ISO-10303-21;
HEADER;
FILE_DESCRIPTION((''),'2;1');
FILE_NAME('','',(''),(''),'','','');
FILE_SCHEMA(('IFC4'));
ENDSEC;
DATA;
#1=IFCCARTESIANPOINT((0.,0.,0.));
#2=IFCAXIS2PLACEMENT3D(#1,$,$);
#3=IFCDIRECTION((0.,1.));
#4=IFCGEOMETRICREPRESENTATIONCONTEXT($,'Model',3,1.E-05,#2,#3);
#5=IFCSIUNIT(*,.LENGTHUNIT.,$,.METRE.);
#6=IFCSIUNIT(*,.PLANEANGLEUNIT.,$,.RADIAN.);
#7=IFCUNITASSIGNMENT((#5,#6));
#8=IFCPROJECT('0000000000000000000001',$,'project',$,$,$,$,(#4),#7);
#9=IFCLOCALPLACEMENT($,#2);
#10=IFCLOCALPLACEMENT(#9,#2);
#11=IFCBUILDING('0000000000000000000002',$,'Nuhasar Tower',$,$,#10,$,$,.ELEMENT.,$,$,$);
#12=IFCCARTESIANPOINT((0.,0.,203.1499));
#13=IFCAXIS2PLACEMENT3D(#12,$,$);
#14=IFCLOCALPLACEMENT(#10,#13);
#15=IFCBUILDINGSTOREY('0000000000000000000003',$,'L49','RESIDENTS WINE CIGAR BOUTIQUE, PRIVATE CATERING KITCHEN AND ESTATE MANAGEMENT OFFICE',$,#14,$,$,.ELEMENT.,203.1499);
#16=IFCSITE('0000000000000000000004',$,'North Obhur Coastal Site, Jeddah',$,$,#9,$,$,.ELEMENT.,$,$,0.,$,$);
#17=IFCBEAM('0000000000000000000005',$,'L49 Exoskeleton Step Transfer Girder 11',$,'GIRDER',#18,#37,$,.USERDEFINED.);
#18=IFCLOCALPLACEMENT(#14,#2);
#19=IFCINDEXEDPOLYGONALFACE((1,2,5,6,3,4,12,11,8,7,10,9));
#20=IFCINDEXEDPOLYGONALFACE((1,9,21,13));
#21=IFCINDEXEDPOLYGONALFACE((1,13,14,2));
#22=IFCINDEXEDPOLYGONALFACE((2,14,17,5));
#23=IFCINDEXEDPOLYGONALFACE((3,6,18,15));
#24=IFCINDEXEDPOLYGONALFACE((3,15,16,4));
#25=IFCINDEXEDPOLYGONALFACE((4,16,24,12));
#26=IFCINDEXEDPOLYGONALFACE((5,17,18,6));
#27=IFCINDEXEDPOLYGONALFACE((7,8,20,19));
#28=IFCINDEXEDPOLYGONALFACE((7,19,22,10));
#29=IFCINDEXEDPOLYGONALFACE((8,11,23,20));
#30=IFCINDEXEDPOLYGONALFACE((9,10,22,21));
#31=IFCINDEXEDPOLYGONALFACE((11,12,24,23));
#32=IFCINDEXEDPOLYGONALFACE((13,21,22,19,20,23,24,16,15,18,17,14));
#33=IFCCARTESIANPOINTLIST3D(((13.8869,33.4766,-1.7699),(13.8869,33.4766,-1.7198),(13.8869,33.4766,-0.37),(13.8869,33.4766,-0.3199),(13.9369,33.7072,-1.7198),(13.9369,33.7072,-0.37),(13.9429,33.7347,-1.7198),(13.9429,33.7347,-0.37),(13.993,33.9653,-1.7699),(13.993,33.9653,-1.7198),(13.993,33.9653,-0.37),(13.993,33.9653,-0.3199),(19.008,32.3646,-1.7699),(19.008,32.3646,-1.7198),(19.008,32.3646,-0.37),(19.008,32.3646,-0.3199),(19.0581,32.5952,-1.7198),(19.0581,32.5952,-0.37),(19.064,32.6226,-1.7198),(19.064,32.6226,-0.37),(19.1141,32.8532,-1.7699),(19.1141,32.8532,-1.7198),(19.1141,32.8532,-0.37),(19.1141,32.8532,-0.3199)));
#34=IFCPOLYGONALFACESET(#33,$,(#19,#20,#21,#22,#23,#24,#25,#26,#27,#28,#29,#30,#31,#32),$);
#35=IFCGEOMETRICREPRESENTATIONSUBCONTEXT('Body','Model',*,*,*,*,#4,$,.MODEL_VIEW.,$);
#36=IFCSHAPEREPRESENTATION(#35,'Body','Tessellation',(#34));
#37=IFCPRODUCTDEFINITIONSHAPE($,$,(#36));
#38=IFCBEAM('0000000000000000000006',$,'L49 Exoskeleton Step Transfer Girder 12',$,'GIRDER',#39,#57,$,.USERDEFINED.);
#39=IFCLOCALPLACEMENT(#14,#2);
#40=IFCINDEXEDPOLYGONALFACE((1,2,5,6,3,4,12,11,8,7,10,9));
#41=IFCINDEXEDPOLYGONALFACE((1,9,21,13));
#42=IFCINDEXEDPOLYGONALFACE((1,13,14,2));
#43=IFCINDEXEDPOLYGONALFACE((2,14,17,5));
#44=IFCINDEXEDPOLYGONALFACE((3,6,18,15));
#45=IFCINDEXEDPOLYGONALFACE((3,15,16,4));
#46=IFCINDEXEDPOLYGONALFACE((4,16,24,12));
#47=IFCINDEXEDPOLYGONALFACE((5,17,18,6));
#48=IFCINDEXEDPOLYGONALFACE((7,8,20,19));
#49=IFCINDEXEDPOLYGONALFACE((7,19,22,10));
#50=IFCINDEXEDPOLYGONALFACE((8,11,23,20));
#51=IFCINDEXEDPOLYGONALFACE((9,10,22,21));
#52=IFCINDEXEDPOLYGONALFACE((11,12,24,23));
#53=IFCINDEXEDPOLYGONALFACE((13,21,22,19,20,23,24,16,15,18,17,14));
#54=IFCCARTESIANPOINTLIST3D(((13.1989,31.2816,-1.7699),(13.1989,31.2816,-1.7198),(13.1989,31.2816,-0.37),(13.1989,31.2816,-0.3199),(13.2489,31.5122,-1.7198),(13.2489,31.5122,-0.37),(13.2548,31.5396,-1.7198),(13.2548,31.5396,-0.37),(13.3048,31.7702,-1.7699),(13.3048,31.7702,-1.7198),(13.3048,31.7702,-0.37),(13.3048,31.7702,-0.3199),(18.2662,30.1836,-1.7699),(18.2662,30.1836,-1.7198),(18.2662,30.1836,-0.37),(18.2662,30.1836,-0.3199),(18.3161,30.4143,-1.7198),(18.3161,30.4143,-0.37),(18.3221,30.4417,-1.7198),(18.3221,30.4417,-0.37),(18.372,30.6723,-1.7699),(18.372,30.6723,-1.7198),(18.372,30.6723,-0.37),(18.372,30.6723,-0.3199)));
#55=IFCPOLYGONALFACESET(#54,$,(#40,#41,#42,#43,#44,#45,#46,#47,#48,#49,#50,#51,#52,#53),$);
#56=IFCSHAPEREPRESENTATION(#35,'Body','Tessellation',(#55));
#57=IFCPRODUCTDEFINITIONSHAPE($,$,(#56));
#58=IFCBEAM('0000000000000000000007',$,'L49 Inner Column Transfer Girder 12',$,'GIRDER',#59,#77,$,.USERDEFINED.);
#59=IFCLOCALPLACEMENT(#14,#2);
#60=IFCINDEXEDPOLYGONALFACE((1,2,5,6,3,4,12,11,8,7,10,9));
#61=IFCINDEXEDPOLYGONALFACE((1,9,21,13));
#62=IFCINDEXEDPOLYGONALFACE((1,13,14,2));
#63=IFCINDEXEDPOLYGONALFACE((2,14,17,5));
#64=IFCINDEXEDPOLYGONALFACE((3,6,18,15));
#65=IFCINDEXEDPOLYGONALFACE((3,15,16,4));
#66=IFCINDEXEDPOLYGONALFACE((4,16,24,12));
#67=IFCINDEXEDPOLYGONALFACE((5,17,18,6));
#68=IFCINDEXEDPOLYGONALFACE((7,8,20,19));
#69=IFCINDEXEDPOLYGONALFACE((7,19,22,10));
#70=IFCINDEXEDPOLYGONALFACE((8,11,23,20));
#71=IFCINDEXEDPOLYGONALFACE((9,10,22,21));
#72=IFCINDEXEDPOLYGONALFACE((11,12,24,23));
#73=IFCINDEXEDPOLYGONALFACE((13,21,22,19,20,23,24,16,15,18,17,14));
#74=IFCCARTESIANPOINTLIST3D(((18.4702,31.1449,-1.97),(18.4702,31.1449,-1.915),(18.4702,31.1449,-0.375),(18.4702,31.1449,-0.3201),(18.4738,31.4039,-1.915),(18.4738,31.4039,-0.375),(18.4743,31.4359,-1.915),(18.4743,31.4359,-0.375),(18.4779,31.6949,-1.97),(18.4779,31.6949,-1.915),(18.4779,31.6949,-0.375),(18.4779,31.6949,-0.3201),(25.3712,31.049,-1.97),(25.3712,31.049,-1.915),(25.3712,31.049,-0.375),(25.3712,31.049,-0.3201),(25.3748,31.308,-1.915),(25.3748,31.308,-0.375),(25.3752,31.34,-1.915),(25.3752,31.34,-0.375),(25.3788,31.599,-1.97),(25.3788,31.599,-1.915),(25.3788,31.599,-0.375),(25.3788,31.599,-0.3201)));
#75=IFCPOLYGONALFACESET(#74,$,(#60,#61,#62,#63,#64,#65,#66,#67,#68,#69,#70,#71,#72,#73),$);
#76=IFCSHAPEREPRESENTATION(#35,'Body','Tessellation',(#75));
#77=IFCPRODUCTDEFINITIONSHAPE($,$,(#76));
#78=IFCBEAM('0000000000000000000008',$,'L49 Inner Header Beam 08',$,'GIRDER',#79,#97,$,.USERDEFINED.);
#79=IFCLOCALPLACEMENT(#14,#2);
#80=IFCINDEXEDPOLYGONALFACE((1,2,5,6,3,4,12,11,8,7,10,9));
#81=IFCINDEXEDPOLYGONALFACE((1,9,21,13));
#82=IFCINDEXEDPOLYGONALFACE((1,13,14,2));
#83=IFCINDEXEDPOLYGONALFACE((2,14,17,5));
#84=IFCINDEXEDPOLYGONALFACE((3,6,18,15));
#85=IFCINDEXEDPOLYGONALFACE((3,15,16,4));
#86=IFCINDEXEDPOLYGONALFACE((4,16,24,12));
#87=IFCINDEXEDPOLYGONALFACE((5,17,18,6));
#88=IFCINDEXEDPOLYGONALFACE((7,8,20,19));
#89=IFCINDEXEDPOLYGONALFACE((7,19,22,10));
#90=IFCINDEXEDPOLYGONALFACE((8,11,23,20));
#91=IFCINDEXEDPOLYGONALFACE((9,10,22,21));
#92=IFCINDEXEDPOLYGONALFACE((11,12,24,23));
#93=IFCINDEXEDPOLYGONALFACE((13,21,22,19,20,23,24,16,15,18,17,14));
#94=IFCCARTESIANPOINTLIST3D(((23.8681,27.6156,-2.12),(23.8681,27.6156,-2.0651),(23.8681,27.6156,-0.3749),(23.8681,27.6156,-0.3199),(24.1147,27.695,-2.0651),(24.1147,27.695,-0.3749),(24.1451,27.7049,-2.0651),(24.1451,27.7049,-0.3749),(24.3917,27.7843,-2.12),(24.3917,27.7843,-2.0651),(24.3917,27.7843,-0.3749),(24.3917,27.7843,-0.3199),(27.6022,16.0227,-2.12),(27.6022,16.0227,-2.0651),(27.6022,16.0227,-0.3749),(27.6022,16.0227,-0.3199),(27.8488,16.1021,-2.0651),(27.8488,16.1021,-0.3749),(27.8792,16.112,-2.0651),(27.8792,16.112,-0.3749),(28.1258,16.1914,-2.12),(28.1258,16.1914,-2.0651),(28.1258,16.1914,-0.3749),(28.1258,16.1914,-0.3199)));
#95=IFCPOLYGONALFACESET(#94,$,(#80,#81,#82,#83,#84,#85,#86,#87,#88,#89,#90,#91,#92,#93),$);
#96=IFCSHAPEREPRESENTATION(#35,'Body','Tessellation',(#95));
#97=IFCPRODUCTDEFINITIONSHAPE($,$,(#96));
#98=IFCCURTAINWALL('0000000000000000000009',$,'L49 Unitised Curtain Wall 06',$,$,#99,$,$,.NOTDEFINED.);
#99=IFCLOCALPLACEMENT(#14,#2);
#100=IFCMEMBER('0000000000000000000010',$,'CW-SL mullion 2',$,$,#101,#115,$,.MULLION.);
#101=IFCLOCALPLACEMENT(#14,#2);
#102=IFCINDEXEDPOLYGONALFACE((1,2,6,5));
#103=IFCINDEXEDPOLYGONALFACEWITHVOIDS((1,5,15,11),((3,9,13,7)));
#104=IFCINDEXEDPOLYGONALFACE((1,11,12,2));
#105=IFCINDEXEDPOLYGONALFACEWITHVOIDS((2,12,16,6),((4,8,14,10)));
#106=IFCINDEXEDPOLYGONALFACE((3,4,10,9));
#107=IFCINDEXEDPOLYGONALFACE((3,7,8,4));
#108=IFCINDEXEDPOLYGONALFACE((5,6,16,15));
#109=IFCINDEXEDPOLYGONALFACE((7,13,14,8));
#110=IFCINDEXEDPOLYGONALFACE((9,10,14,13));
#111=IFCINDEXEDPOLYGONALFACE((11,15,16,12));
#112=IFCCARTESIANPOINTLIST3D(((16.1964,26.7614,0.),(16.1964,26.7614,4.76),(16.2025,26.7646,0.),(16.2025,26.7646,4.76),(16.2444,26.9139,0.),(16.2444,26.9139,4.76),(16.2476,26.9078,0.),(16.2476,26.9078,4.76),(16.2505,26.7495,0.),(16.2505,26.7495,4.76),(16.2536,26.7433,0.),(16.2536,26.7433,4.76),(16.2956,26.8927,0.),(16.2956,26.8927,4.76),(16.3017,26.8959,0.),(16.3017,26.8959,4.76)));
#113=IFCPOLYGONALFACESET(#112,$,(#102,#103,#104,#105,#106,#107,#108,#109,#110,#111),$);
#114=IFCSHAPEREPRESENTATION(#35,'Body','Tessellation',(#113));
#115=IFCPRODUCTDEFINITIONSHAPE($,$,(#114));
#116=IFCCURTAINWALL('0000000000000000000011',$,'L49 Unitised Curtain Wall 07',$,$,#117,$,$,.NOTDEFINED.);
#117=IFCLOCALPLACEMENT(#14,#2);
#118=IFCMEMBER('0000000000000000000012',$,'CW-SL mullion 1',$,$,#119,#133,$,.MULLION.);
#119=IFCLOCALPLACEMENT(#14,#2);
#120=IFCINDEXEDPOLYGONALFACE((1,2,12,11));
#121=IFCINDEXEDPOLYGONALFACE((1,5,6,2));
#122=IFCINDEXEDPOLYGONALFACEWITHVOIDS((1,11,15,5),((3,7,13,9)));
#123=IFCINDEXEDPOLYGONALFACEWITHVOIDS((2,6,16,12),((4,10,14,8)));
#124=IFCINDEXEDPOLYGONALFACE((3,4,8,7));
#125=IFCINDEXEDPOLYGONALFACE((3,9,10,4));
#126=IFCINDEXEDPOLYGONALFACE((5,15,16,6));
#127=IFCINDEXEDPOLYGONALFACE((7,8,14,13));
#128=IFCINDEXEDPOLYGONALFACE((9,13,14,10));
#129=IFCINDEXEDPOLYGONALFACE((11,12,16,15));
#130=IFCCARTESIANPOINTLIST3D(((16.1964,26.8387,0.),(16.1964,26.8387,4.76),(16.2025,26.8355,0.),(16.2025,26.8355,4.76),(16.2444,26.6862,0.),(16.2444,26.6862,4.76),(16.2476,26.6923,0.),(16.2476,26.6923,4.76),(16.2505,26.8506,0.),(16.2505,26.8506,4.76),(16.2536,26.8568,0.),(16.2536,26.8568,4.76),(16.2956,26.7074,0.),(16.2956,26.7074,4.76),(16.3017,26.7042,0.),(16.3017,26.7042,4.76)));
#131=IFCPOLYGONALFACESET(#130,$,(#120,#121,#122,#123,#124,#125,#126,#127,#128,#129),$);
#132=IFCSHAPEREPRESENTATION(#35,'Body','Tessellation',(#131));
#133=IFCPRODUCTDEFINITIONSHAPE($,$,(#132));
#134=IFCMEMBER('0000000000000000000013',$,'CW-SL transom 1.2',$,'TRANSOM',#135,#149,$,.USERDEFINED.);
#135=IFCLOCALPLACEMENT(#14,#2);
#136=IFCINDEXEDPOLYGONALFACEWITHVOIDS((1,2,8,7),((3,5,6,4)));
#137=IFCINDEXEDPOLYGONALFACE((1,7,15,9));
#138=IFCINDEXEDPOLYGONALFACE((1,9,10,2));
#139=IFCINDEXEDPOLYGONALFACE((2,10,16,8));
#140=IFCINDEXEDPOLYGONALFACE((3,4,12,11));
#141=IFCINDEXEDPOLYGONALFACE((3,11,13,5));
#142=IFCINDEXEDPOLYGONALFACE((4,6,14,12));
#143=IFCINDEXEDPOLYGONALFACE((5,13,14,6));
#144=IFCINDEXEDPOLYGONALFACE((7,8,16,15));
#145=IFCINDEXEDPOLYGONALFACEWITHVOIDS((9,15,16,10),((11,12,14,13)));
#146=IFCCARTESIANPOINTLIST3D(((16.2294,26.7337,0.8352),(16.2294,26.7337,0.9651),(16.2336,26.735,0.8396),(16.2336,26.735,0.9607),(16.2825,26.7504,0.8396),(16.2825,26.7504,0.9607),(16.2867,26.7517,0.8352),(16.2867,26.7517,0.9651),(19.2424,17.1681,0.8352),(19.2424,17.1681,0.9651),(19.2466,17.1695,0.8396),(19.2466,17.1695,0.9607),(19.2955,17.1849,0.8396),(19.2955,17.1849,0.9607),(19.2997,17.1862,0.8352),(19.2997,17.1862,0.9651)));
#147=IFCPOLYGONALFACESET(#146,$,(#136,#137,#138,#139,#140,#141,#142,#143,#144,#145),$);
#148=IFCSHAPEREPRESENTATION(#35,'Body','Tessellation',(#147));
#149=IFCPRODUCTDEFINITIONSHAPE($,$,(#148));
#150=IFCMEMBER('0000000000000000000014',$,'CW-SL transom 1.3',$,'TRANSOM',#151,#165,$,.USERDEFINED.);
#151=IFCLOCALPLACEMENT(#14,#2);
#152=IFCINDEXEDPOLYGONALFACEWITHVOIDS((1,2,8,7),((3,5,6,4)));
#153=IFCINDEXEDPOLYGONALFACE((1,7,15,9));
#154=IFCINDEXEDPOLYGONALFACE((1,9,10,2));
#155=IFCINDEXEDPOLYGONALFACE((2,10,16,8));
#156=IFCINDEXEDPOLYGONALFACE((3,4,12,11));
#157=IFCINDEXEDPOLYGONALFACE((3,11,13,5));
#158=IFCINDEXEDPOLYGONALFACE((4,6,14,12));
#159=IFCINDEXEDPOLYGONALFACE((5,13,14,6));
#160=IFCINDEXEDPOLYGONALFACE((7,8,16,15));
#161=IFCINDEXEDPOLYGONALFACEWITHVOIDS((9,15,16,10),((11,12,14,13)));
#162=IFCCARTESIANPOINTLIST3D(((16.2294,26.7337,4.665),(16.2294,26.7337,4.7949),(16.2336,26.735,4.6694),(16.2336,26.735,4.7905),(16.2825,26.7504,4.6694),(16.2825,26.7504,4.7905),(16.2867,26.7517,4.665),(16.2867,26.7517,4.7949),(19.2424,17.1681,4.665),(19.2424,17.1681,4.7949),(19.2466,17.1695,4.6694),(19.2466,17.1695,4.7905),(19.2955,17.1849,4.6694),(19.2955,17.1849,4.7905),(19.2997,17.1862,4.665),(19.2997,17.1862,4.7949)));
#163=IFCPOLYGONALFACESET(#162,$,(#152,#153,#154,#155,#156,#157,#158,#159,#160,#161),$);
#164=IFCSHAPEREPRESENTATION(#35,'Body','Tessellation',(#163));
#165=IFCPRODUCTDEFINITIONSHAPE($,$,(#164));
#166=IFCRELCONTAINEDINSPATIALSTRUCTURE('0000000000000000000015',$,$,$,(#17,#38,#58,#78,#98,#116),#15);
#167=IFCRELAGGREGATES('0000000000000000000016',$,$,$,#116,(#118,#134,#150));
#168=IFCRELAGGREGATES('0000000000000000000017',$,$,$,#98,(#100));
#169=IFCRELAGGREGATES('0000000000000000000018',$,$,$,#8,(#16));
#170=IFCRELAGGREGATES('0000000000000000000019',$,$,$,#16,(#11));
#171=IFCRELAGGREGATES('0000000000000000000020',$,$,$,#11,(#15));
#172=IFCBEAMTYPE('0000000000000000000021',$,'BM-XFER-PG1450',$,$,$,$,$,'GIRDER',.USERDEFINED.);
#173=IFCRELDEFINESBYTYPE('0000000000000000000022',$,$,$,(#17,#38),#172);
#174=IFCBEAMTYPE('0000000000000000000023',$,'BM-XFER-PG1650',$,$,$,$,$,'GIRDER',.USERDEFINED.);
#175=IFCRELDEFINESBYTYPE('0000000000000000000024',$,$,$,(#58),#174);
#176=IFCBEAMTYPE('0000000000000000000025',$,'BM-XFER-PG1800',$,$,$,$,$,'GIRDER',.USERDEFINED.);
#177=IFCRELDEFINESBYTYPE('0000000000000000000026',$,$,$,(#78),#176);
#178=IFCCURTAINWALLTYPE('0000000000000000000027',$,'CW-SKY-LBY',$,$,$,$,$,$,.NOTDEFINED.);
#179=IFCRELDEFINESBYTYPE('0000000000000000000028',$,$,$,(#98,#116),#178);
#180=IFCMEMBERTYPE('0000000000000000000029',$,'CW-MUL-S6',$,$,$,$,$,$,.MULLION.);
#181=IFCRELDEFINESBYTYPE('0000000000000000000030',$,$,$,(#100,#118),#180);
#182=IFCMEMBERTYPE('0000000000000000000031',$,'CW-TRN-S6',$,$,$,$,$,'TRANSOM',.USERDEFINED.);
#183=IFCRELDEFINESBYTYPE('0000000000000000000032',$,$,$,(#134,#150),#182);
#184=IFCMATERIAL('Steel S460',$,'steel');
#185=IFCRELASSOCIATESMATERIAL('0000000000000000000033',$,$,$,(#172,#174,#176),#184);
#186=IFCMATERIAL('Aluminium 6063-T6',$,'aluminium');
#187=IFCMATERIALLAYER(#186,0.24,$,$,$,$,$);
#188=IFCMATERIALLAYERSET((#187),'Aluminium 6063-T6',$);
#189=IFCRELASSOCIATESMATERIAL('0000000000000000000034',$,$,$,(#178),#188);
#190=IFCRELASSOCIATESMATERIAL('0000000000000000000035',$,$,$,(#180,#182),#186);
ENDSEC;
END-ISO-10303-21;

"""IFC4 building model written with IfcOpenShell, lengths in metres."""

from ifc_helpers import new_model, si_unit, direction, frame, origin, origin_2d, place, context, subcontext, project, spatial, hollow_rectangle, i_section, extrude, material, layer, layer_set, material_profile, profile_set, type_object, element, aggregate, save


model = new_model("IFC4")

# Units and contexts
model_context = context("Model", 3, precision=1e-05, world=origin(), true_north=direction((0.0, 1.0)))
body_context = subcontext(model_context, "Body", "Model", "MODEL_VIEW")
ifc_project = project(units=[si_unit("LENGTHUNIT", "METRE"), si_unit("PLANEANGLEUNIT", "RADIAN")], contexts=[model_context])

# Site, building, storey
site_placement = place(None, origin())
site = spatial("IfcSite", under=ifc_project, at=site_placement, Name="North Obhur Coastal Site, Jeddah", CompositionType="ELEMENT", RefElevation=0.0)
building_placement = place(site_placement, origin())
building = spatial("IfcBuilding", under=site, at=building_placement, Name="Nuhasar Tower", CompositionType="ELEMENT")
storey_placement = place(building_placement, frame((0.0, 0.0, 203.1499)))
storey = spatial("IfcBuildingStorey", under=building, at=storey_placement, Name="L49", Description="RESIDENTS WINE CIGAR BOUTIQUE, PRIVATE CATERING KITCHEN AND ESTATE MANAGEMENT OFFICE", CompositionType="ELEMENT", Elevation=203.1499)

# Beams
ifc_material_1 = material(Name="Steel S460", Category="steel")
ifc_material_profile_1 = material_profile(ifc_material_1, i_section(OverallWidth=0.5, OverallDepth=1.45, WebThickness=0.0281, FlangeThickness=0.05, at=origin_2d()), Name="PG1450X500")
ifc_profile_set_1 = profile_set([ifc_material_profile_1], Name="Steel S460")
beam_type_1 = type_object("IfcBeamType", Name="BM-XFER-PG1450", ElementType="GIRDER", PredefinedType="USERDEFINED", material=ifc_profile_set_1)
beam_1_placement = place(storey_placement, frame((19.061, 32.6089, -1.0449), z_axis=(-0.977225, 0.212207, 0.0), x_axis=(-0.212207, -0.977225, 0.0)))
element("IfcBeam", 1, at=beam_1_placement, inside=storey, type_object=beam_type_1, Name="L49 Exoskeleton Step Transfer Girder 11", ObjectType="GIRDER", PredefinedType="USERDEFINED", context=body_context, shape_type="SweptSolid", body=[
    extrude(i_section(OverallWidth=0.5, OverallDepth=1.45, WebThickness=0.0281, FlangeThickness=0.05, at=origin_2d()), origin(), (0.0, 0.0, 1.0), 5.2405),
])
beam_2_placement = place(storey_placement, frame((18.3191, 30.428, -1.0449), z_axis=(-0.977322, 0.211757, 0.0), x_axis=(-0.211757, -0.977322, 0.0)))
element("IfcBeam", 2, at=beam_2_placement, inside=storey, type_object=beam_type_1, Name="L49 Exoskeleton Step Transfer Girder 12", ObjectType="GIRDER", PredefinedType="USERDEFINED", context=body_context, shape_type="SweptSolid", body=[
    extrude(i_section(OverallWidth=0.5, OverallDepth=1.45, WebThickness=0.0281, FlangeThickness=0.05, at=origin_2d()), origin(), (0.0, 0.0, 1.0), 5.1848),
])
ifc_material_profile_2 = material_profile(ifc_material_1, i_section(OverallWidth=0.55, OverallDepth=1.6499, WebThickness=0.032, FlangeThickness=0.0549, at=origin_2d()), Name="PG1650X550")
ifc_profile_set_2 = profile_set([ifc_material_profile_2], Name="Steel S460")
beam_type_2 = type_object("IfcBeamType", Name="BM-XFER-PG1650", ElementType="GIRDER", PredefinedType="USERDEFINED", material=ifc_profile_set_2)
beam_3_placement = place(storey_placement, frame((25.375, 31.324, -1.145), z_axis=(-0.999903, 0.013902, 0.0), x_axis=(-0.013902, -0.999903, 0.0)))
element("IfcBeam", 3, at=beam_3_placement, inside=storey, type_object=beam_type_2, Name="L49 Inner Column Transfer Girder 12", ObjectType="GIRDER", PredefinedType="USERDEFINED", context=body_context, shape_type="SweptSolid", body=[
    extrude(i_section(OverallWidth=0.55, OverallDepth=1.6499, WebThickness=0.032, FlangeThickness=0.0549, at=origin_2d()), origin(), (0.0, 0.0, 1.0), 6.9016),
])
ifc_material_profile_3 = material_profile(ifc_material_1, i_section(OverallWidth=0.55, OverallDepth=1.8, WebThickness=0.032, FlangeThickness=0.0549, at=origin_2d()), Name="PG1800X550")
ifc_profile_set_3 = profile_set([ifc_material_profile_3], Name="Steel S460")
beam_type_3 = type_object("IfcBeamType", Name="BM-XFER-PG1800", ElementType="GIRDER", PredefinedType="USERDEFINED", material=ifc_profile_set_3)
beam_4_placement = place(storey_placement, frame((24.1299, 27.7, -1.22), z_axis=(0.30659, -0.951842, 0.0), x_axis=(0.951842, 0.30659, 0.0)))
element("IfcBeam", 4, at=beam_4_placement, inside=storey, type_object=beam_type_3, Name="L49 Inner Header Beam 08", ObjectType="GIRDER", PredefinedType="USERDEFINED", context=body_context, shape_type="SweptSolid", body=[
    extrude(i_section(OverallWidth=0.55, OverallDepth=1.8, WebThickness=0.032, FlangeThickness=0.0549, at=origin_2d()), origin(), (0.0, 0.0, 1.0), 12.1794),
])

# Curtain wall, member
ifc_material_2 = material(Name="Aluminium 6063-T6", Category="aluminium")
ifc_layer_1 = layer(ifc_material_2, 0.24)
ifc_layer_set_1 = layer_set([ifc_layer_1], Name="Aluminium 6063-T6")
curtain_wall_type = type_object("IfcCurtainWallType", Name="CW-SKY-LBY", PredefinedType="NOTDEFINED", material=ifc_layer_set_1)
curtain_wall_1_placement = place(storey_placement, origin())
curtain_wall_1 = element("IfcCurtainWall", 5, at=curtain_wall_1_placement, inside=storey, type_object=curtain_wall_type, Name="L49 Unitised Curtain Wall 06", PredefinedType="NOTDEFINED")
ifc_material_profile_4 = material_profile(ifc_material_2, hollow_rectangle(XDim=0.0601, YDim=0.1599, WallThickness=0.0049, at=origin_2d()), Name="CWM-6")
ifc_profile_set_4 = profile_set([ifc_material_profile_4], Name="Aluminium 6063-T6")
member_type_1 = type_object("IfcMemberType", Name="CW-MUL-S6", PredefinedType="MULLION", material=ifc_profile_set_4)
member_1_placement = place(storey_placement, frame((16.249, 26.8286, 0.0), z_axis=(0.0, 0.0, 1.0), x_axis=(0.953804, -0.300429, 0.0)))
member_1 = element("IfcMember", 6, at=member_1_placement, type_object=member_type_1, Name="CW-SL mullion 2", PredefinedType="MULLION", context=body_context, shape_type="SweptSolid", body=[
    extrude(hollow_rectangle(XDim=0.0601, YDim=0.1599, WallThickness=0.0049, at=origin_2d()), origin(), (0.0, 0.0, 1.0), 4.76),
])

# Curtain wall, members
curtain_wall_2_placement = place(storey_placement, origin())
curtain_wall_2 = element("IfcCurtainWall", 7, at=curtain_wall_2_placement, inside=storey, type_object=curtain_wall_type, Name="L49 Unitised Curtain Wall 07", PredefinedType="NOTDEFINED")
member_2_placement = place(storey_placement, frame((16.249, 26.7715, 0.0), z_axis=(0.0, 0.0, 1.0), x_axis=(0.953804, 0.300429, 0.0)))
member_2 = element("IfcMember", 8, at=member_2_placement, type_object=member_type_1, Name="CW-SL mullion 1", PredefinedType="MULLION", context=body_context, shape_type="SweptSolid", body=[
    extrude(hollow_rectangle(XDim=0.0601, YDim=0.1599, WallThickness=0.0049, at=origin_2d()), origin(), (0.0, 0.0, 1.0), 4.76),
])
ifc_material_profile_5 = material_profile(ifc_material_2, hollow_rectangle(XDim=0.0601, YDim=0.1299, WallThickness=0.0044, at=origin_2d()), Name="CWT-6")
ifc_profile_set_5 = profile_set([ifc_material_profile_5], Name="Aluminium 6063-T6")
member_type_2 = type_object("IfcMemberType", Name="CW-TRN-S6", ElementType="TRANSOM", PredefinedType="USERDEFINED", material=ifc_profile_set_5)
member_3_placement = place(storey_placement, frame((16.2581, 26.7427, 0.9001), z_axis=(0.300431, -0.953804, 0.0), x_axis=(0.953804, 0.300431, 0.0)))
member_3 = element("IfcMember", 9, at=member_3_placement, type_object=member_type_2, Name="CW-SL transom 1.2", ObjectType="TRANSOM", PredefinedType="USERDEFINED", context=body_context, shape_type="SweptSolid", body=[
    extrude(hollow_rectangle(XDim=0.0601, YDim=0.1299, WallThickness=0.0044, at=origin_2d()), origin(), (0.0, 0.0, 1.0), 10.0288),
])
member_4_placement = place(storey_placement, frame((16.2581, 26.7427, 4.73), z_axis=(0.300431, -0.953804, 0.0), x_axis=(0.953804, 0.300431, 0.0)))
member_4 = element("IfcMember", 10, at=member_4_placement, type_object=member_type_2, Name="CW-SL transom 1.3", ObjectType="TRANSOM", PredefinedType="USERDEFINED", context=body_context, shape_type="SweptSolid", body=[
    extrude(hollow_rectangle(XDim=0.0601, YDim=0.1299, WallThickness=0.0044, at=origin_2d()), origin(), (0.0, 0.0, 1.0), 10.0288),
])
aggregate(curtain_wall_2, [member_2, member_3, member_4])

aggregate(curtain_wall_1, [member_1])

save(model, "model.ifc")
